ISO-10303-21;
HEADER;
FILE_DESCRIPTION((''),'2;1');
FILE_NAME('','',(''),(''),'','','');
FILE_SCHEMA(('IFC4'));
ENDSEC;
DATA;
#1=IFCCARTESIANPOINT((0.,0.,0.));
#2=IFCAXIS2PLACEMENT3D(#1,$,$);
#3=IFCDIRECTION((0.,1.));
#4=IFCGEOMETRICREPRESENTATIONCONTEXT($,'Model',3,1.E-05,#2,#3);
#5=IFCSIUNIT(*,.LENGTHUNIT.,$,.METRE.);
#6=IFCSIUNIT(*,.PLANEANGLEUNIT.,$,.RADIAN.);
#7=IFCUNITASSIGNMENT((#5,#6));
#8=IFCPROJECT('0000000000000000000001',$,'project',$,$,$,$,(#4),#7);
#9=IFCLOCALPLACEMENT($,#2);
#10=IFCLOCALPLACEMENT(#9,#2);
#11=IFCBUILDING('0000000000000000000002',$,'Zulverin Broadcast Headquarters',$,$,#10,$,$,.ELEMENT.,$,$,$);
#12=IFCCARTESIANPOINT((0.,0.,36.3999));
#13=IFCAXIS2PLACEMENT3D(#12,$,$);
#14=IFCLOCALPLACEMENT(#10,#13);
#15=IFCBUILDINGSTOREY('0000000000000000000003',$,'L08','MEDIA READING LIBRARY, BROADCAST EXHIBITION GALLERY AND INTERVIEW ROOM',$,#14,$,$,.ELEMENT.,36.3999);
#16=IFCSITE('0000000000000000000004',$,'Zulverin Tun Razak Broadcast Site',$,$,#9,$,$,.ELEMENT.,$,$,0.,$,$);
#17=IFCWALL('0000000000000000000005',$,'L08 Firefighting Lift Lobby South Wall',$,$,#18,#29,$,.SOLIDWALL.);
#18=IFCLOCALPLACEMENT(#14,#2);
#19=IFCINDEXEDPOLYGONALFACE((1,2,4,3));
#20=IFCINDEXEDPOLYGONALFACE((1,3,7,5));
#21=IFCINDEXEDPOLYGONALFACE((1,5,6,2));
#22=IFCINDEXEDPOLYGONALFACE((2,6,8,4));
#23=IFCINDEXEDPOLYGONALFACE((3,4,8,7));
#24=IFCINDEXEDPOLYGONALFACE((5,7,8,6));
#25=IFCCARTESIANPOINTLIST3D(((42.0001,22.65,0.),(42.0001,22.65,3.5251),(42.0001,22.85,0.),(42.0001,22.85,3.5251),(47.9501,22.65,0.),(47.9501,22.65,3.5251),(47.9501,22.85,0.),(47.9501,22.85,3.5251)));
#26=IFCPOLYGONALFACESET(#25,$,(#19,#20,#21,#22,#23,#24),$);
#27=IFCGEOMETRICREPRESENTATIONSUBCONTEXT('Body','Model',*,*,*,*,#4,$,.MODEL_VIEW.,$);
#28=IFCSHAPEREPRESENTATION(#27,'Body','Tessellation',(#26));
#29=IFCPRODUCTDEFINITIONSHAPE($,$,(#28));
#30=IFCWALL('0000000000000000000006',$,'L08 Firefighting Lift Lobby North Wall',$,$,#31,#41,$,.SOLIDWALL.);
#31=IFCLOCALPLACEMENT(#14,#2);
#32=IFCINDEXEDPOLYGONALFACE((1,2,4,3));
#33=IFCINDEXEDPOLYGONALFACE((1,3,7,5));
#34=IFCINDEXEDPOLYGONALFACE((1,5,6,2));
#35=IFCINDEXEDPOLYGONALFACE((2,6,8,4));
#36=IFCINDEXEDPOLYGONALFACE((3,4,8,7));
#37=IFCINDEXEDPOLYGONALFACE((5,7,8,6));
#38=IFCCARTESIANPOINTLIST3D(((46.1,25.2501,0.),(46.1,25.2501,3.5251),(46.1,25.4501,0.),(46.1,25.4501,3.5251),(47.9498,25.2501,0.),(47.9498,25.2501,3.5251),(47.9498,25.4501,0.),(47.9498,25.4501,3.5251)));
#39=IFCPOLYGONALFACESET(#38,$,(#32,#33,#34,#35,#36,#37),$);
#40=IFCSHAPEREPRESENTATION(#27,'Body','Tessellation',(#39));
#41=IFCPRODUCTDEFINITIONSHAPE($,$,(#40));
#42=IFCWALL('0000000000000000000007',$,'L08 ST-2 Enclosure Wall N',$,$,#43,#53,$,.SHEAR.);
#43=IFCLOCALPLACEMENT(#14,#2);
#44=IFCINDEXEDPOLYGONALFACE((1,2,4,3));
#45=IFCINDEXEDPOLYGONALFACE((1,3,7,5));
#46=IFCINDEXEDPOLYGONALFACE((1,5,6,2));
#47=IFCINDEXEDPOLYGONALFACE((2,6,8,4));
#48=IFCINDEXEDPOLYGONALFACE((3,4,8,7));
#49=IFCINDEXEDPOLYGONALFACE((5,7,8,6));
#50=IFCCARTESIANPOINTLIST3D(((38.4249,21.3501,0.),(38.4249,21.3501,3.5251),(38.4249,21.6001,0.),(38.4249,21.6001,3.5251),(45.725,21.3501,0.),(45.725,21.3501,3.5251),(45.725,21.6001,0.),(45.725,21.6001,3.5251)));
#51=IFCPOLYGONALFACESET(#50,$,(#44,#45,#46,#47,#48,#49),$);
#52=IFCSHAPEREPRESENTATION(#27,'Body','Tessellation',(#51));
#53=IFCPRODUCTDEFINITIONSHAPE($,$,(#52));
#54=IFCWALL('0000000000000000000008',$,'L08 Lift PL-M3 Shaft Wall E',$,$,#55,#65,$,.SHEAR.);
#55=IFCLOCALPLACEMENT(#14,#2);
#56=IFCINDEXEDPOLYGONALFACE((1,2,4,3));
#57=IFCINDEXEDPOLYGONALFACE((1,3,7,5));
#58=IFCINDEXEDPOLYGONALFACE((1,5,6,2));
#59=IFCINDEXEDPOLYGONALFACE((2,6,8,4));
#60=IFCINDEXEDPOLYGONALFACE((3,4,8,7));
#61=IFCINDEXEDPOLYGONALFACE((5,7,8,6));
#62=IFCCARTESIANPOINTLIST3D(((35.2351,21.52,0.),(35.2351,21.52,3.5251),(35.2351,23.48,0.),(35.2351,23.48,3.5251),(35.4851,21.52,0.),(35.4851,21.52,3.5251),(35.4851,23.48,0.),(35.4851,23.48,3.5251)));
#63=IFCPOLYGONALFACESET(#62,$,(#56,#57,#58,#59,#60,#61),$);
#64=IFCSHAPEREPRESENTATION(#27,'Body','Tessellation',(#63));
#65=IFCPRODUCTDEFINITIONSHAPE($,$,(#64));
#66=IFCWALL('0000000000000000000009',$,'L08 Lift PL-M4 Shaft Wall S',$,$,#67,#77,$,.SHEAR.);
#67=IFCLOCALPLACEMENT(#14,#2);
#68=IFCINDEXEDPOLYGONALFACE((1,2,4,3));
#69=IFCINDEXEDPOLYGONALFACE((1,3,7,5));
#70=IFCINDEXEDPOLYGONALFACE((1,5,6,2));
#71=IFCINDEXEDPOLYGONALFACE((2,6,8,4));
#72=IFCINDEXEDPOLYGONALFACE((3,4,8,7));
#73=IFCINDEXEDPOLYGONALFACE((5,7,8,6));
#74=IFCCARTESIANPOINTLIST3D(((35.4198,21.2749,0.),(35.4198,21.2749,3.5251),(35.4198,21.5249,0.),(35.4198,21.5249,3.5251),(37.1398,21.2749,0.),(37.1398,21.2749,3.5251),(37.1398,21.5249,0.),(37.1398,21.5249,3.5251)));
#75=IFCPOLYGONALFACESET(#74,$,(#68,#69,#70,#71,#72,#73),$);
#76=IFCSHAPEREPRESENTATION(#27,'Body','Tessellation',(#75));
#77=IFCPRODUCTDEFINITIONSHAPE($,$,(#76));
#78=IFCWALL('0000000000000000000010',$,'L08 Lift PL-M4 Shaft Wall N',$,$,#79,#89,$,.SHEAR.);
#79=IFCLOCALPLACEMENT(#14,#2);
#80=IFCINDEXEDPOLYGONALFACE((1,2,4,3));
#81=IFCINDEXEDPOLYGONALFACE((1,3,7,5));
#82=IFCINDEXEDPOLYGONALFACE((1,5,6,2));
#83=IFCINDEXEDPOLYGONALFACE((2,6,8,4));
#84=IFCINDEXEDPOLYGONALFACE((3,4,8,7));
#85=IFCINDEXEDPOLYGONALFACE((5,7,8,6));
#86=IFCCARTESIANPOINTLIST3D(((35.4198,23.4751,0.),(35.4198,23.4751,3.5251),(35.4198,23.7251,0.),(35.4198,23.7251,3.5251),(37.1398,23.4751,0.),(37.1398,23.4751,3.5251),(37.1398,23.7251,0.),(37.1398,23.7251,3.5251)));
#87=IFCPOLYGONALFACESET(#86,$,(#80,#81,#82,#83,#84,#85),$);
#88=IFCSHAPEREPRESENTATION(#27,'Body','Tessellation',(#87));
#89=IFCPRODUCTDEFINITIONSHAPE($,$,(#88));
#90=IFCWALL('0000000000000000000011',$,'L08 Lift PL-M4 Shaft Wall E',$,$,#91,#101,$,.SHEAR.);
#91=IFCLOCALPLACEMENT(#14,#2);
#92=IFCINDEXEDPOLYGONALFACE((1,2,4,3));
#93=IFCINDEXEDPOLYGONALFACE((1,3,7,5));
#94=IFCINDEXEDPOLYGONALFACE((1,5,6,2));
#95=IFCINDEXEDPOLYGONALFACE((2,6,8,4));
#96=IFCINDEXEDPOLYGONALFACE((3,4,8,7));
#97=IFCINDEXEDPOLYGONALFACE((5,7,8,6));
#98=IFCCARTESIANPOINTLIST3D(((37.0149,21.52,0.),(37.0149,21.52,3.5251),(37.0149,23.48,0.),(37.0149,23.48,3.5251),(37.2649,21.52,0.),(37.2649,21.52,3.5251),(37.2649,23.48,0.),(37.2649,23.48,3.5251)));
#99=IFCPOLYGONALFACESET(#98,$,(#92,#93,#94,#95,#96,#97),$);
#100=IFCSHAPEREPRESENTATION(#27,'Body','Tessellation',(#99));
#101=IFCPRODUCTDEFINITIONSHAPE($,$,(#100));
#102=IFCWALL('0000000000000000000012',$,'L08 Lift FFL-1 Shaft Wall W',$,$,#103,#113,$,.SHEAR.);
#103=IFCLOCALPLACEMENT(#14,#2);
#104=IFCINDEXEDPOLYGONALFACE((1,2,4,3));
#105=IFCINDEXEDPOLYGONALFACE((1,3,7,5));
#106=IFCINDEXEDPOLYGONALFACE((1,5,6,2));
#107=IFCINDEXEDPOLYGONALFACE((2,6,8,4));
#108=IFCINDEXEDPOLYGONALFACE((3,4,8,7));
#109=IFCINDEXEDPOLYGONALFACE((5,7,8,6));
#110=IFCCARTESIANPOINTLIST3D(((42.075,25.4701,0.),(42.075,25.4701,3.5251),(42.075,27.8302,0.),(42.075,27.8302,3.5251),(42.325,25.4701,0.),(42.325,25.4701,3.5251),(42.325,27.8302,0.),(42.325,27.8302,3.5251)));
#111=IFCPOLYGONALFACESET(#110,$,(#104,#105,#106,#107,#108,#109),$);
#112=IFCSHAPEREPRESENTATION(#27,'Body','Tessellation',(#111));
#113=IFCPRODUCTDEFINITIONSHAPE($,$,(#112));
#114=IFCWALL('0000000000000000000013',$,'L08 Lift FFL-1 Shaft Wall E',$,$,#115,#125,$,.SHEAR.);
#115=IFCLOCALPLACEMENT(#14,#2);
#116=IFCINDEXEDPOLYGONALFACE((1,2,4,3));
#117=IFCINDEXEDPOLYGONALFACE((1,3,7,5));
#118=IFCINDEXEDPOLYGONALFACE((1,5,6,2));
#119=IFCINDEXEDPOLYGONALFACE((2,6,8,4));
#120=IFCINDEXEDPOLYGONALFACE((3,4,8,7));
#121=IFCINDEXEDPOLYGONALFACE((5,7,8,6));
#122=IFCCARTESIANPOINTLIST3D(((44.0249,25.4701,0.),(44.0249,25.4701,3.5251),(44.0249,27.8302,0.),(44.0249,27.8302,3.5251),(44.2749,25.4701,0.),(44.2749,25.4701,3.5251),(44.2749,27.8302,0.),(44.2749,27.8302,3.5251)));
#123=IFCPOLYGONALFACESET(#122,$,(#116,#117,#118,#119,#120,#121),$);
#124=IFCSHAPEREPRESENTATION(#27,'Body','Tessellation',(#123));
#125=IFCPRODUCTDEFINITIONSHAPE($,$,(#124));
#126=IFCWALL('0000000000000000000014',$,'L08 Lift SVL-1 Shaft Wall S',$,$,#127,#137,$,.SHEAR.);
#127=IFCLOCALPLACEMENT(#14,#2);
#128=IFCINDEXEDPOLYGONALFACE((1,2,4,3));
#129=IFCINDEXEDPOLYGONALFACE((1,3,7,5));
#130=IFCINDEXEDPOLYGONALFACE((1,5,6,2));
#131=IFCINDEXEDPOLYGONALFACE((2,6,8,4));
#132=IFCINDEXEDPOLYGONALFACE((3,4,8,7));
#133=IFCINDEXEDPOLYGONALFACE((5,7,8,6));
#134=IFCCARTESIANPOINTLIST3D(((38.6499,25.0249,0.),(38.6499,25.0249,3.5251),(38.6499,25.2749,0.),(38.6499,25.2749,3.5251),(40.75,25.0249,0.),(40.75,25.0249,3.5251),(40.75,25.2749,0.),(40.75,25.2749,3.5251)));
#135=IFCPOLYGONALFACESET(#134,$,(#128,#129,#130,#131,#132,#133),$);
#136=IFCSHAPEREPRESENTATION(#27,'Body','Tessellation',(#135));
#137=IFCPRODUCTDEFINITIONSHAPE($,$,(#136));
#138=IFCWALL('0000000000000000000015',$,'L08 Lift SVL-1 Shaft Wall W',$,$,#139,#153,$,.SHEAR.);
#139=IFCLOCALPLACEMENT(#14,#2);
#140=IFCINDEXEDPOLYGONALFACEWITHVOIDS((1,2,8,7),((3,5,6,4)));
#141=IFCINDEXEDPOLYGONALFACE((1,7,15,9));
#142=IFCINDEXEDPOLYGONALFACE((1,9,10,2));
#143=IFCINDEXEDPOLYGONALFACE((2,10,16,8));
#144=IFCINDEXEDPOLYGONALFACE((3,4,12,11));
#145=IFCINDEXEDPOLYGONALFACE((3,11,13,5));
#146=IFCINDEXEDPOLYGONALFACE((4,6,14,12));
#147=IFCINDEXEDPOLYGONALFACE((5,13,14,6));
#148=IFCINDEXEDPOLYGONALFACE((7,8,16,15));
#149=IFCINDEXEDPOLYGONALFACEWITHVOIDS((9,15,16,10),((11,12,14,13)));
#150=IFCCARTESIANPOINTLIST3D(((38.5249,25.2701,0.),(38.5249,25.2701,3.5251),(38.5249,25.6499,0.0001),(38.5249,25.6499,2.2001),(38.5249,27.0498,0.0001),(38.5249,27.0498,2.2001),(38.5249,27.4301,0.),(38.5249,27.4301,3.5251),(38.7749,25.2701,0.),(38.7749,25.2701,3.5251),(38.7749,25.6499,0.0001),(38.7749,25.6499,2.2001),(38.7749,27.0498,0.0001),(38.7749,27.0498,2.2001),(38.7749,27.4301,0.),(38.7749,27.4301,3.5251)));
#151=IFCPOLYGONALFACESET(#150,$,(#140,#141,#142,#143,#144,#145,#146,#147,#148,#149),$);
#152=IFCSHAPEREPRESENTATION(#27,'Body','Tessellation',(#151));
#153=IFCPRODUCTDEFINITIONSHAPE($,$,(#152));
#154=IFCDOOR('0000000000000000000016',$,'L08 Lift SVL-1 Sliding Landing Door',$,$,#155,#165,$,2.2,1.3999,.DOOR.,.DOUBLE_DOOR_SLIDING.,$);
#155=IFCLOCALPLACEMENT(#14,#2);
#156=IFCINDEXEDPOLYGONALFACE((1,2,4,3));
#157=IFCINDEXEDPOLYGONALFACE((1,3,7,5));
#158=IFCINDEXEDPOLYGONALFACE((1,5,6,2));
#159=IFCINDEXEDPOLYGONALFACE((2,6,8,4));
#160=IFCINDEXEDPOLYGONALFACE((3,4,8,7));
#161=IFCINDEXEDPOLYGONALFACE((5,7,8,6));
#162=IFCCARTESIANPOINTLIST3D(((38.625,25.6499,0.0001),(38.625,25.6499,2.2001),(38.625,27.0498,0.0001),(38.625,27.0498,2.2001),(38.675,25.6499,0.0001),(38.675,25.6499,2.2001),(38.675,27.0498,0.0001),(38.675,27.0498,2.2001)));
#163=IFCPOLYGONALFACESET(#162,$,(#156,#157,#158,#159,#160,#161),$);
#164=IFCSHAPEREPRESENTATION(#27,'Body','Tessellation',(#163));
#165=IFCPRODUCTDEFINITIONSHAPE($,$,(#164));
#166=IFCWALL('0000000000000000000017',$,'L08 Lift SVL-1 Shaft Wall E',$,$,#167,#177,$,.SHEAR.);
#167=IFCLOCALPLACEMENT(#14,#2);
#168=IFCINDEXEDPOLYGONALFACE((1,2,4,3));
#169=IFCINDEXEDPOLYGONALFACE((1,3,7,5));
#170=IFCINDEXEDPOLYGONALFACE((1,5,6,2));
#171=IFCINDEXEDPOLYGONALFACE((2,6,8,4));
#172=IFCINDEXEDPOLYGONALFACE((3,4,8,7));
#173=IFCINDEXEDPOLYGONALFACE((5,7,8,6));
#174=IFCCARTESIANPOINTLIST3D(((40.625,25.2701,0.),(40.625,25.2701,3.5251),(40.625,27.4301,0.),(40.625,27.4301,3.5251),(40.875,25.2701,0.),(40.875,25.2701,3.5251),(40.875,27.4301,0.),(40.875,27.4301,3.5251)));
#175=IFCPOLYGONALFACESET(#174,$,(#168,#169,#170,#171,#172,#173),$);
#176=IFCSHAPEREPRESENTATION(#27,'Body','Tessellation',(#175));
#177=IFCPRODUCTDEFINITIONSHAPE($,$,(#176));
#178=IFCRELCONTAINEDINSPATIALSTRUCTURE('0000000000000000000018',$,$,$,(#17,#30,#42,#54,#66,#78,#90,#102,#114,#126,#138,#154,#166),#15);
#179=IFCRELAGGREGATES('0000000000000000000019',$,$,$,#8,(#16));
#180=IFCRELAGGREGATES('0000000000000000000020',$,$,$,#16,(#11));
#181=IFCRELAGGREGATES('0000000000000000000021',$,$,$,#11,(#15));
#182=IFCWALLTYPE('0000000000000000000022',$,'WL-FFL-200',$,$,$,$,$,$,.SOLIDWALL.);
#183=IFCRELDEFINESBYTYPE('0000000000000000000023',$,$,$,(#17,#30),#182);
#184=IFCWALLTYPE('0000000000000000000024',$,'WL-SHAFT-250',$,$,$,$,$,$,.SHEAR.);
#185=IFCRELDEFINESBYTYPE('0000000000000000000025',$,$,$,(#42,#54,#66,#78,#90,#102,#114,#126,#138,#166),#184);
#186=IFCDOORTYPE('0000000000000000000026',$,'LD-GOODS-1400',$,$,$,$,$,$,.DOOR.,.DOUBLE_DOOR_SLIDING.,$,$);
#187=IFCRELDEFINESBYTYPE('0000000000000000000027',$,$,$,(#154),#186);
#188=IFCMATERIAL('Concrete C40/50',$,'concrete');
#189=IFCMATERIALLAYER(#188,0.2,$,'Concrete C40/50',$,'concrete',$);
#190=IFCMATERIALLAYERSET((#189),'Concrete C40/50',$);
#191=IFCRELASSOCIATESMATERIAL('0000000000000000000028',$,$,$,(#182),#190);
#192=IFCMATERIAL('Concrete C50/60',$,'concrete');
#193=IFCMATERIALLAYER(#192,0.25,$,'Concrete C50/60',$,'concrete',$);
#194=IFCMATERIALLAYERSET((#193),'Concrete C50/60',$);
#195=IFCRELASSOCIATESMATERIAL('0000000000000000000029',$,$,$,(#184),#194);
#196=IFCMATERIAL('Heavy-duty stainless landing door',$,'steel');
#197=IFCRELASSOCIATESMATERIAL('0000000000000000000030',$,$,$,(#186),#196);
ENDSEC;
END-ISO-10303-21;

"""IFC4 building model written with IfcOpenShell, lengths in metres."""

from ifc_helpers import new_model, si_unit, direction, frame, frame_2d, origin, place, context, subcontext, project, spatial, rectangle, extrude, material, layer, layer_set, type_object, element, fill, save


model = new_model("IFC4")

# Units and contexts
model_context = context("Model", 3, precision=1e-05, world=origin(), true_north=direction((0.0, 1.0)))
body_context = subcontext(model_context, "Body", "Model", "MODEL_VIEW")
ifc_project = project(units=[si_unit("LENGTHUNIT", "METRE"), si_unit("PLANEANGLEUNIT", "RADIAN")], contexts=[model_context])

# Site, building, storey
site_placement = place(None, origin())
site = spatial("IfcSite", under=ifc_project, at=site_placement, Name="Zulverin Tun Razak Broadcast Site", CompositionType="ELEMENT", RefElevation=0.0)
building_placement = place(site_placement, origin())
building = spatial("IfcBuilding", under=site, at=building_placement, Name="Zulverin Broadcast Headquarters", CompositionType="ELEMENT")
storey_placement = place(building_placement, frame((0.0, 0.0, 36.3999)))
storey = spatial("IfcBuildingStorey", under=building, at=storey_placement, Name="L08", Description="MEDIA READING LIBRARY, BROADCAST EXHIBITION GALLERY AND INTERVIEW ROOM", CompositionType="ELEMENT", Elevation=36.3999)

# Shared definitions
ifc_material_1 = material(Name="Concrete C40/50", Category="concrete")
ifc_layer_1 = layer(ifc_material_1, 0.2, Name="Concrete C40/50", Category="concrete")
ifc_layer_set_1 = layer_set([ifc_layer_1], Name="Concrete C40/50")
wall_type_1 = type_object("IfcWallType", Name="WL-FFL-200", PredefinedType="SOLIDWALL", material=ifc_layer_set_1)

# Walls
wall_1_placement = place(storey_placement, frame((42.0, 22.75, 0.0), z_axis=(0.0, 0.0, 1.0), x_axis=(1.0, 0.0, 0.0)))
element("IfcWall", 1, at=wall_1_placement, inside=storey, type_object=wall_type_1, Name="L08 Firefighting Lift Lobby South Wall", PredefinedType="SOLIDWALL", context=body_context, shape_type="SweptSolid", body=[
    extrude(rectangle(XDim=5.95, YDim=0.2, at=frame_2d((2.9751, 0.0))), origin(), (0.0, 0.0, 1.0), 3.5251),
])
wall_2_placement = place(storey_placement, frame((46.1001, 25.3501, 0.0), z_axis=(0.0, 0.0, 1.0), x_axis=(1.0, 0.0, 0.0)))
element("IfcWall", 2, at=wall_2_placement, inside=storey, type_object=wall_type_1, Name="L08 Firefighting Lift Lobby North Wall", PredefinedType="SOLIDWALL", context=body_context, shape_type="SweptSolid", body=[
    extrude(rectangle(XDim=1.8499, YDim=0.2, at=frame_2d((0.9248, 0.0))), origin(), (0.0, 0.0, 1.0), 3.5251),
])
ifc_material_2 = material(Name="Concrete C50/60", Category="concrete")
ifc_layer_2 = layer(ifc_material_2, 0.25, Name="Concrete C50/60", Category="concrete")
ifc_layer_set_2 = layer_set([ifc_layer_2], Name="Concrete C50/60")
wall_type_2 = type_object("IfcWallType", Name="WL-SHAFT-250", PredefinedType="SHEAR", material=ifc_layer_set_2)
wall_3_placement = place(storey_placement, frame((38.425, 21.4751, 0.0), z_axis=(0.0, 0.0, 1.0), x_axis=(1.0, 0.0, 0.0)))
element("IfcWall", 3, at=wall_3_placement, inside=storey, type_object=wall_type_2, Name="L08 ST-2 Enclosure Wall N", PredefinedType="SHEAR", context=body_context, shape_type="SweptSolid", body=[
    extrude(rectangle(XDim=7.3, YDim=0.25, at=frame_2d((3.6499, 0.0))), origin(), (0.0, 0.0, 1.0), 3.5251),
])
wall_4_placement = place(storey_placement, frame((35.3601, 21.52, 0.0), z_axis=(0.0, 0.0, 1.0), x_axis=(0.0, 1.0, 0.0)))
element("IfcWall", 4, at=wall_4_placement, inside=storey, type_object=wall_type_2, Name="L08 Lift PL-M3 Shaft Wall E", PredefinedType="SHEAR", context=body_context, shape_type="SweptSolid", body=[
    extrude(rectangle(XDim=1.96, YDim=0.25, at=frame_2d((0.98, 0.0))), origin(), (0.0, 0.0, 1.0), 3.5251),
])
for number, where, z_axis, x_axis, name in (
    (5, (35.4199, 21.3999, 0.0), (0.0, 0.0, 1.0), (1.0, 0.0, 0.0), "L08 Lift PL-M4 Shaft Wall S"),
    (6, (35.4199, 23.6001, 0.0), (0.0, 0.0, 1.0), (1.0, 0.0, 0.0), "L08 Lift PL-M4 Shaft Wall N"),
):
    element("IfcWall", number, at=place(storey_placement, frame(where, z_axis=z_axis, x_axis=x_axis)), inside=storey, type_object=wall_type_2, Name=name, PredefinedType="SHEAR", context=body_context, shape_type="SweptSolid", body=[
        extrude(rectangle(XDim=1.72, YDim=0.25, at=frame_2d((0.8599, 0.0))), origin(), (0.0, 0.0, 1.0), 3.5251),
    ])
wall_5_placement = place(storey_placement, frame((37.1399, 21.52, 0.0), z_axis=(0.0, 0.0, 1.0), x_axis=(0.0, 1.0, 0.0)))
element("IfcWall", 7, at=wall_5_placement, inside=storey, type_object=wall_type_2, Name="L08 Lift PL-M4 Shaft Wall E", PredefinedType="SHEAR", context=body_context, shape_type="SweptSolid", body=[
    extrude(rectangle(XDim=1.96, YDim=0.25, at=frame_2d((0.98, 0.0))), origin(), (0.0, 0.0, 1.0), 3.5251),
])

# Walls
for number, where, z_axis, x_axis, name in (
    (8, (42.2, 25.47, 0.0), (0.0, 0.0, 1.0), (0.0, 1.0, 0.0), "L08 Lift FFL-1 Shaft Wall W"),
    (9, (44.1499, 25.47, 0.0), (0.0, 0.0, 1.0), (0.0, 1.0, 0.0), "L08 Lift FFL-1 Shaft Wall E"),
):
    element("IfcWall", number, at=place(storey_placement, frame(where, z_axis=z_axis, x_axis=x_axis)), inside=storey, type_object=wall_type_2, Name=name, PredefinedType="SHEAR", context=body_context, shape_type="SweptSolid", body=[
        extrude(rectangle(XDim=2.3601, YDim=0.25, at=frame_2d((1.1802, 0.0))), origin(), (0.0, 0.0, 1.0), 3.5251),
    ])

# Wall
wall_6_placement = place(storey_placement, frame((38.6499, 25.1499, 0.0), z_axis=(0.0, 0.0, 1.0), x_axis=(1.0, 0.0, 0.0)))
element("IfcWall", 10, at=wall_6_placement, inside=storey, type_object=wall_type_2, Name="L08 Lift SVL-1 Shaft Wall S", PredefinedType="SHEAR", context=body_context, shape_type="SweptSolid", body=[
    extrude(rectangle(XDim=2.1001, YDim=0.25, at=frame_2d((1.05, 0.0))), origin(), (0.0, 0.0, 1.0), 3.5251),
])

# Wall, opening, door
wall_7_placement = place(storey_placement, frame((38.6499, 25.27, 0.0), z_axis=(0.0, 0.0, 1.0), x_axis=(0.0, 1.0, 0.0)))
wall_7 = element("IfcWall", 11, at=wall_7_placement, inside=storey, type_object=wall_type_2, Name="L08 Lift SVL-1 Shaft Wall W", PredefinedType="SHEAR", context=body_context, shape_type="SweptSolid", body=[
    extrude(rectangle(XDim=2.1599, YDim=0.25, at=frame_2d((1.0801, 0.0))), origin(), (0.0, 0.0, 1.0), 3.5251),
])
opening_1_placement = place(wall_7_placement, frame((0.3799, 0.0, 0.0)))
opening_1 = element("IfcOpeningElement", 12, at=opening_1_placement, cuts=wall_7, PredefinedType="OPENING", context=body_context, shape_type="SweptSolid", body=[
    extrude(rectangle(XDim=1.3999, YDim=2.2, at=frame_2d((0.7, 1.1001))), frame((0.0, 0.135, 0.0), z_axis=(0.0, -1.0, 0.0), x_axis=(1.0, 0.0, 0.0)), (0.0, 0.0, 1.0), 0.27),
])
ifc_material_3 = material(Name="Heavy-duty stainless landing door", Category="steel")
door_type_1 = type_object("IfcDoorType", Name="LD-GOODS-1400", OperationType="DOUBLE_DOOR_SLIDING", PredefinedType="DOOR", material=ifc_material_3)
door_1_placement = place(opening_1_placement, origin())
door_1 = element("IfcDoor", 13, at=door_1_placement, inside=storey, type_object=door_type_1, Name="L08 Lift SVL-1 Sliding Landing Door", OperationType="DOUBLE_DOOR_SLIDING", OverallHeight=2.2, OverallWidth=1.3999, PredefinedType="DOOR", context=body_context, shape_type="SweptSolid", body=[
    extrude(rectangle(XDim=1.3999, YDim=2.2, at=frame_2d((0.7, 1.1001))), frame((0.0, 0.0249, 0.0), z_axis=(0.0, -1.0, 0.0), x_axis=(1.0, 0.0, 0.0)), (0.0, 0.0, 1.0), 0.05),
])
fill(opening_1, door_1)

# Wall
wall_8_placement = place(storey_placement, frame((40.75, 25.27, 0.0), z_axis=(0.0, 0.0, 1.0), x_axis=(0.0, 1.0, 0.0)))
element("IfcWall", 14, at=wall_8_placement, inside=storey, type_object=wall_type_2, Name="L08 Lift SVL-1 Shaft Wall E", PredefinedType="SHEAR", context=body_context, shape_type="SweptSolid", body=[
    extrude(rectangle(XDim=2.1599, YDim=0.25, at=frame_2d((1.0801, 0.0))), origin(), (0.0, 0.0, 1.0), 3.5251),
])

save(model, "model.ifc")
